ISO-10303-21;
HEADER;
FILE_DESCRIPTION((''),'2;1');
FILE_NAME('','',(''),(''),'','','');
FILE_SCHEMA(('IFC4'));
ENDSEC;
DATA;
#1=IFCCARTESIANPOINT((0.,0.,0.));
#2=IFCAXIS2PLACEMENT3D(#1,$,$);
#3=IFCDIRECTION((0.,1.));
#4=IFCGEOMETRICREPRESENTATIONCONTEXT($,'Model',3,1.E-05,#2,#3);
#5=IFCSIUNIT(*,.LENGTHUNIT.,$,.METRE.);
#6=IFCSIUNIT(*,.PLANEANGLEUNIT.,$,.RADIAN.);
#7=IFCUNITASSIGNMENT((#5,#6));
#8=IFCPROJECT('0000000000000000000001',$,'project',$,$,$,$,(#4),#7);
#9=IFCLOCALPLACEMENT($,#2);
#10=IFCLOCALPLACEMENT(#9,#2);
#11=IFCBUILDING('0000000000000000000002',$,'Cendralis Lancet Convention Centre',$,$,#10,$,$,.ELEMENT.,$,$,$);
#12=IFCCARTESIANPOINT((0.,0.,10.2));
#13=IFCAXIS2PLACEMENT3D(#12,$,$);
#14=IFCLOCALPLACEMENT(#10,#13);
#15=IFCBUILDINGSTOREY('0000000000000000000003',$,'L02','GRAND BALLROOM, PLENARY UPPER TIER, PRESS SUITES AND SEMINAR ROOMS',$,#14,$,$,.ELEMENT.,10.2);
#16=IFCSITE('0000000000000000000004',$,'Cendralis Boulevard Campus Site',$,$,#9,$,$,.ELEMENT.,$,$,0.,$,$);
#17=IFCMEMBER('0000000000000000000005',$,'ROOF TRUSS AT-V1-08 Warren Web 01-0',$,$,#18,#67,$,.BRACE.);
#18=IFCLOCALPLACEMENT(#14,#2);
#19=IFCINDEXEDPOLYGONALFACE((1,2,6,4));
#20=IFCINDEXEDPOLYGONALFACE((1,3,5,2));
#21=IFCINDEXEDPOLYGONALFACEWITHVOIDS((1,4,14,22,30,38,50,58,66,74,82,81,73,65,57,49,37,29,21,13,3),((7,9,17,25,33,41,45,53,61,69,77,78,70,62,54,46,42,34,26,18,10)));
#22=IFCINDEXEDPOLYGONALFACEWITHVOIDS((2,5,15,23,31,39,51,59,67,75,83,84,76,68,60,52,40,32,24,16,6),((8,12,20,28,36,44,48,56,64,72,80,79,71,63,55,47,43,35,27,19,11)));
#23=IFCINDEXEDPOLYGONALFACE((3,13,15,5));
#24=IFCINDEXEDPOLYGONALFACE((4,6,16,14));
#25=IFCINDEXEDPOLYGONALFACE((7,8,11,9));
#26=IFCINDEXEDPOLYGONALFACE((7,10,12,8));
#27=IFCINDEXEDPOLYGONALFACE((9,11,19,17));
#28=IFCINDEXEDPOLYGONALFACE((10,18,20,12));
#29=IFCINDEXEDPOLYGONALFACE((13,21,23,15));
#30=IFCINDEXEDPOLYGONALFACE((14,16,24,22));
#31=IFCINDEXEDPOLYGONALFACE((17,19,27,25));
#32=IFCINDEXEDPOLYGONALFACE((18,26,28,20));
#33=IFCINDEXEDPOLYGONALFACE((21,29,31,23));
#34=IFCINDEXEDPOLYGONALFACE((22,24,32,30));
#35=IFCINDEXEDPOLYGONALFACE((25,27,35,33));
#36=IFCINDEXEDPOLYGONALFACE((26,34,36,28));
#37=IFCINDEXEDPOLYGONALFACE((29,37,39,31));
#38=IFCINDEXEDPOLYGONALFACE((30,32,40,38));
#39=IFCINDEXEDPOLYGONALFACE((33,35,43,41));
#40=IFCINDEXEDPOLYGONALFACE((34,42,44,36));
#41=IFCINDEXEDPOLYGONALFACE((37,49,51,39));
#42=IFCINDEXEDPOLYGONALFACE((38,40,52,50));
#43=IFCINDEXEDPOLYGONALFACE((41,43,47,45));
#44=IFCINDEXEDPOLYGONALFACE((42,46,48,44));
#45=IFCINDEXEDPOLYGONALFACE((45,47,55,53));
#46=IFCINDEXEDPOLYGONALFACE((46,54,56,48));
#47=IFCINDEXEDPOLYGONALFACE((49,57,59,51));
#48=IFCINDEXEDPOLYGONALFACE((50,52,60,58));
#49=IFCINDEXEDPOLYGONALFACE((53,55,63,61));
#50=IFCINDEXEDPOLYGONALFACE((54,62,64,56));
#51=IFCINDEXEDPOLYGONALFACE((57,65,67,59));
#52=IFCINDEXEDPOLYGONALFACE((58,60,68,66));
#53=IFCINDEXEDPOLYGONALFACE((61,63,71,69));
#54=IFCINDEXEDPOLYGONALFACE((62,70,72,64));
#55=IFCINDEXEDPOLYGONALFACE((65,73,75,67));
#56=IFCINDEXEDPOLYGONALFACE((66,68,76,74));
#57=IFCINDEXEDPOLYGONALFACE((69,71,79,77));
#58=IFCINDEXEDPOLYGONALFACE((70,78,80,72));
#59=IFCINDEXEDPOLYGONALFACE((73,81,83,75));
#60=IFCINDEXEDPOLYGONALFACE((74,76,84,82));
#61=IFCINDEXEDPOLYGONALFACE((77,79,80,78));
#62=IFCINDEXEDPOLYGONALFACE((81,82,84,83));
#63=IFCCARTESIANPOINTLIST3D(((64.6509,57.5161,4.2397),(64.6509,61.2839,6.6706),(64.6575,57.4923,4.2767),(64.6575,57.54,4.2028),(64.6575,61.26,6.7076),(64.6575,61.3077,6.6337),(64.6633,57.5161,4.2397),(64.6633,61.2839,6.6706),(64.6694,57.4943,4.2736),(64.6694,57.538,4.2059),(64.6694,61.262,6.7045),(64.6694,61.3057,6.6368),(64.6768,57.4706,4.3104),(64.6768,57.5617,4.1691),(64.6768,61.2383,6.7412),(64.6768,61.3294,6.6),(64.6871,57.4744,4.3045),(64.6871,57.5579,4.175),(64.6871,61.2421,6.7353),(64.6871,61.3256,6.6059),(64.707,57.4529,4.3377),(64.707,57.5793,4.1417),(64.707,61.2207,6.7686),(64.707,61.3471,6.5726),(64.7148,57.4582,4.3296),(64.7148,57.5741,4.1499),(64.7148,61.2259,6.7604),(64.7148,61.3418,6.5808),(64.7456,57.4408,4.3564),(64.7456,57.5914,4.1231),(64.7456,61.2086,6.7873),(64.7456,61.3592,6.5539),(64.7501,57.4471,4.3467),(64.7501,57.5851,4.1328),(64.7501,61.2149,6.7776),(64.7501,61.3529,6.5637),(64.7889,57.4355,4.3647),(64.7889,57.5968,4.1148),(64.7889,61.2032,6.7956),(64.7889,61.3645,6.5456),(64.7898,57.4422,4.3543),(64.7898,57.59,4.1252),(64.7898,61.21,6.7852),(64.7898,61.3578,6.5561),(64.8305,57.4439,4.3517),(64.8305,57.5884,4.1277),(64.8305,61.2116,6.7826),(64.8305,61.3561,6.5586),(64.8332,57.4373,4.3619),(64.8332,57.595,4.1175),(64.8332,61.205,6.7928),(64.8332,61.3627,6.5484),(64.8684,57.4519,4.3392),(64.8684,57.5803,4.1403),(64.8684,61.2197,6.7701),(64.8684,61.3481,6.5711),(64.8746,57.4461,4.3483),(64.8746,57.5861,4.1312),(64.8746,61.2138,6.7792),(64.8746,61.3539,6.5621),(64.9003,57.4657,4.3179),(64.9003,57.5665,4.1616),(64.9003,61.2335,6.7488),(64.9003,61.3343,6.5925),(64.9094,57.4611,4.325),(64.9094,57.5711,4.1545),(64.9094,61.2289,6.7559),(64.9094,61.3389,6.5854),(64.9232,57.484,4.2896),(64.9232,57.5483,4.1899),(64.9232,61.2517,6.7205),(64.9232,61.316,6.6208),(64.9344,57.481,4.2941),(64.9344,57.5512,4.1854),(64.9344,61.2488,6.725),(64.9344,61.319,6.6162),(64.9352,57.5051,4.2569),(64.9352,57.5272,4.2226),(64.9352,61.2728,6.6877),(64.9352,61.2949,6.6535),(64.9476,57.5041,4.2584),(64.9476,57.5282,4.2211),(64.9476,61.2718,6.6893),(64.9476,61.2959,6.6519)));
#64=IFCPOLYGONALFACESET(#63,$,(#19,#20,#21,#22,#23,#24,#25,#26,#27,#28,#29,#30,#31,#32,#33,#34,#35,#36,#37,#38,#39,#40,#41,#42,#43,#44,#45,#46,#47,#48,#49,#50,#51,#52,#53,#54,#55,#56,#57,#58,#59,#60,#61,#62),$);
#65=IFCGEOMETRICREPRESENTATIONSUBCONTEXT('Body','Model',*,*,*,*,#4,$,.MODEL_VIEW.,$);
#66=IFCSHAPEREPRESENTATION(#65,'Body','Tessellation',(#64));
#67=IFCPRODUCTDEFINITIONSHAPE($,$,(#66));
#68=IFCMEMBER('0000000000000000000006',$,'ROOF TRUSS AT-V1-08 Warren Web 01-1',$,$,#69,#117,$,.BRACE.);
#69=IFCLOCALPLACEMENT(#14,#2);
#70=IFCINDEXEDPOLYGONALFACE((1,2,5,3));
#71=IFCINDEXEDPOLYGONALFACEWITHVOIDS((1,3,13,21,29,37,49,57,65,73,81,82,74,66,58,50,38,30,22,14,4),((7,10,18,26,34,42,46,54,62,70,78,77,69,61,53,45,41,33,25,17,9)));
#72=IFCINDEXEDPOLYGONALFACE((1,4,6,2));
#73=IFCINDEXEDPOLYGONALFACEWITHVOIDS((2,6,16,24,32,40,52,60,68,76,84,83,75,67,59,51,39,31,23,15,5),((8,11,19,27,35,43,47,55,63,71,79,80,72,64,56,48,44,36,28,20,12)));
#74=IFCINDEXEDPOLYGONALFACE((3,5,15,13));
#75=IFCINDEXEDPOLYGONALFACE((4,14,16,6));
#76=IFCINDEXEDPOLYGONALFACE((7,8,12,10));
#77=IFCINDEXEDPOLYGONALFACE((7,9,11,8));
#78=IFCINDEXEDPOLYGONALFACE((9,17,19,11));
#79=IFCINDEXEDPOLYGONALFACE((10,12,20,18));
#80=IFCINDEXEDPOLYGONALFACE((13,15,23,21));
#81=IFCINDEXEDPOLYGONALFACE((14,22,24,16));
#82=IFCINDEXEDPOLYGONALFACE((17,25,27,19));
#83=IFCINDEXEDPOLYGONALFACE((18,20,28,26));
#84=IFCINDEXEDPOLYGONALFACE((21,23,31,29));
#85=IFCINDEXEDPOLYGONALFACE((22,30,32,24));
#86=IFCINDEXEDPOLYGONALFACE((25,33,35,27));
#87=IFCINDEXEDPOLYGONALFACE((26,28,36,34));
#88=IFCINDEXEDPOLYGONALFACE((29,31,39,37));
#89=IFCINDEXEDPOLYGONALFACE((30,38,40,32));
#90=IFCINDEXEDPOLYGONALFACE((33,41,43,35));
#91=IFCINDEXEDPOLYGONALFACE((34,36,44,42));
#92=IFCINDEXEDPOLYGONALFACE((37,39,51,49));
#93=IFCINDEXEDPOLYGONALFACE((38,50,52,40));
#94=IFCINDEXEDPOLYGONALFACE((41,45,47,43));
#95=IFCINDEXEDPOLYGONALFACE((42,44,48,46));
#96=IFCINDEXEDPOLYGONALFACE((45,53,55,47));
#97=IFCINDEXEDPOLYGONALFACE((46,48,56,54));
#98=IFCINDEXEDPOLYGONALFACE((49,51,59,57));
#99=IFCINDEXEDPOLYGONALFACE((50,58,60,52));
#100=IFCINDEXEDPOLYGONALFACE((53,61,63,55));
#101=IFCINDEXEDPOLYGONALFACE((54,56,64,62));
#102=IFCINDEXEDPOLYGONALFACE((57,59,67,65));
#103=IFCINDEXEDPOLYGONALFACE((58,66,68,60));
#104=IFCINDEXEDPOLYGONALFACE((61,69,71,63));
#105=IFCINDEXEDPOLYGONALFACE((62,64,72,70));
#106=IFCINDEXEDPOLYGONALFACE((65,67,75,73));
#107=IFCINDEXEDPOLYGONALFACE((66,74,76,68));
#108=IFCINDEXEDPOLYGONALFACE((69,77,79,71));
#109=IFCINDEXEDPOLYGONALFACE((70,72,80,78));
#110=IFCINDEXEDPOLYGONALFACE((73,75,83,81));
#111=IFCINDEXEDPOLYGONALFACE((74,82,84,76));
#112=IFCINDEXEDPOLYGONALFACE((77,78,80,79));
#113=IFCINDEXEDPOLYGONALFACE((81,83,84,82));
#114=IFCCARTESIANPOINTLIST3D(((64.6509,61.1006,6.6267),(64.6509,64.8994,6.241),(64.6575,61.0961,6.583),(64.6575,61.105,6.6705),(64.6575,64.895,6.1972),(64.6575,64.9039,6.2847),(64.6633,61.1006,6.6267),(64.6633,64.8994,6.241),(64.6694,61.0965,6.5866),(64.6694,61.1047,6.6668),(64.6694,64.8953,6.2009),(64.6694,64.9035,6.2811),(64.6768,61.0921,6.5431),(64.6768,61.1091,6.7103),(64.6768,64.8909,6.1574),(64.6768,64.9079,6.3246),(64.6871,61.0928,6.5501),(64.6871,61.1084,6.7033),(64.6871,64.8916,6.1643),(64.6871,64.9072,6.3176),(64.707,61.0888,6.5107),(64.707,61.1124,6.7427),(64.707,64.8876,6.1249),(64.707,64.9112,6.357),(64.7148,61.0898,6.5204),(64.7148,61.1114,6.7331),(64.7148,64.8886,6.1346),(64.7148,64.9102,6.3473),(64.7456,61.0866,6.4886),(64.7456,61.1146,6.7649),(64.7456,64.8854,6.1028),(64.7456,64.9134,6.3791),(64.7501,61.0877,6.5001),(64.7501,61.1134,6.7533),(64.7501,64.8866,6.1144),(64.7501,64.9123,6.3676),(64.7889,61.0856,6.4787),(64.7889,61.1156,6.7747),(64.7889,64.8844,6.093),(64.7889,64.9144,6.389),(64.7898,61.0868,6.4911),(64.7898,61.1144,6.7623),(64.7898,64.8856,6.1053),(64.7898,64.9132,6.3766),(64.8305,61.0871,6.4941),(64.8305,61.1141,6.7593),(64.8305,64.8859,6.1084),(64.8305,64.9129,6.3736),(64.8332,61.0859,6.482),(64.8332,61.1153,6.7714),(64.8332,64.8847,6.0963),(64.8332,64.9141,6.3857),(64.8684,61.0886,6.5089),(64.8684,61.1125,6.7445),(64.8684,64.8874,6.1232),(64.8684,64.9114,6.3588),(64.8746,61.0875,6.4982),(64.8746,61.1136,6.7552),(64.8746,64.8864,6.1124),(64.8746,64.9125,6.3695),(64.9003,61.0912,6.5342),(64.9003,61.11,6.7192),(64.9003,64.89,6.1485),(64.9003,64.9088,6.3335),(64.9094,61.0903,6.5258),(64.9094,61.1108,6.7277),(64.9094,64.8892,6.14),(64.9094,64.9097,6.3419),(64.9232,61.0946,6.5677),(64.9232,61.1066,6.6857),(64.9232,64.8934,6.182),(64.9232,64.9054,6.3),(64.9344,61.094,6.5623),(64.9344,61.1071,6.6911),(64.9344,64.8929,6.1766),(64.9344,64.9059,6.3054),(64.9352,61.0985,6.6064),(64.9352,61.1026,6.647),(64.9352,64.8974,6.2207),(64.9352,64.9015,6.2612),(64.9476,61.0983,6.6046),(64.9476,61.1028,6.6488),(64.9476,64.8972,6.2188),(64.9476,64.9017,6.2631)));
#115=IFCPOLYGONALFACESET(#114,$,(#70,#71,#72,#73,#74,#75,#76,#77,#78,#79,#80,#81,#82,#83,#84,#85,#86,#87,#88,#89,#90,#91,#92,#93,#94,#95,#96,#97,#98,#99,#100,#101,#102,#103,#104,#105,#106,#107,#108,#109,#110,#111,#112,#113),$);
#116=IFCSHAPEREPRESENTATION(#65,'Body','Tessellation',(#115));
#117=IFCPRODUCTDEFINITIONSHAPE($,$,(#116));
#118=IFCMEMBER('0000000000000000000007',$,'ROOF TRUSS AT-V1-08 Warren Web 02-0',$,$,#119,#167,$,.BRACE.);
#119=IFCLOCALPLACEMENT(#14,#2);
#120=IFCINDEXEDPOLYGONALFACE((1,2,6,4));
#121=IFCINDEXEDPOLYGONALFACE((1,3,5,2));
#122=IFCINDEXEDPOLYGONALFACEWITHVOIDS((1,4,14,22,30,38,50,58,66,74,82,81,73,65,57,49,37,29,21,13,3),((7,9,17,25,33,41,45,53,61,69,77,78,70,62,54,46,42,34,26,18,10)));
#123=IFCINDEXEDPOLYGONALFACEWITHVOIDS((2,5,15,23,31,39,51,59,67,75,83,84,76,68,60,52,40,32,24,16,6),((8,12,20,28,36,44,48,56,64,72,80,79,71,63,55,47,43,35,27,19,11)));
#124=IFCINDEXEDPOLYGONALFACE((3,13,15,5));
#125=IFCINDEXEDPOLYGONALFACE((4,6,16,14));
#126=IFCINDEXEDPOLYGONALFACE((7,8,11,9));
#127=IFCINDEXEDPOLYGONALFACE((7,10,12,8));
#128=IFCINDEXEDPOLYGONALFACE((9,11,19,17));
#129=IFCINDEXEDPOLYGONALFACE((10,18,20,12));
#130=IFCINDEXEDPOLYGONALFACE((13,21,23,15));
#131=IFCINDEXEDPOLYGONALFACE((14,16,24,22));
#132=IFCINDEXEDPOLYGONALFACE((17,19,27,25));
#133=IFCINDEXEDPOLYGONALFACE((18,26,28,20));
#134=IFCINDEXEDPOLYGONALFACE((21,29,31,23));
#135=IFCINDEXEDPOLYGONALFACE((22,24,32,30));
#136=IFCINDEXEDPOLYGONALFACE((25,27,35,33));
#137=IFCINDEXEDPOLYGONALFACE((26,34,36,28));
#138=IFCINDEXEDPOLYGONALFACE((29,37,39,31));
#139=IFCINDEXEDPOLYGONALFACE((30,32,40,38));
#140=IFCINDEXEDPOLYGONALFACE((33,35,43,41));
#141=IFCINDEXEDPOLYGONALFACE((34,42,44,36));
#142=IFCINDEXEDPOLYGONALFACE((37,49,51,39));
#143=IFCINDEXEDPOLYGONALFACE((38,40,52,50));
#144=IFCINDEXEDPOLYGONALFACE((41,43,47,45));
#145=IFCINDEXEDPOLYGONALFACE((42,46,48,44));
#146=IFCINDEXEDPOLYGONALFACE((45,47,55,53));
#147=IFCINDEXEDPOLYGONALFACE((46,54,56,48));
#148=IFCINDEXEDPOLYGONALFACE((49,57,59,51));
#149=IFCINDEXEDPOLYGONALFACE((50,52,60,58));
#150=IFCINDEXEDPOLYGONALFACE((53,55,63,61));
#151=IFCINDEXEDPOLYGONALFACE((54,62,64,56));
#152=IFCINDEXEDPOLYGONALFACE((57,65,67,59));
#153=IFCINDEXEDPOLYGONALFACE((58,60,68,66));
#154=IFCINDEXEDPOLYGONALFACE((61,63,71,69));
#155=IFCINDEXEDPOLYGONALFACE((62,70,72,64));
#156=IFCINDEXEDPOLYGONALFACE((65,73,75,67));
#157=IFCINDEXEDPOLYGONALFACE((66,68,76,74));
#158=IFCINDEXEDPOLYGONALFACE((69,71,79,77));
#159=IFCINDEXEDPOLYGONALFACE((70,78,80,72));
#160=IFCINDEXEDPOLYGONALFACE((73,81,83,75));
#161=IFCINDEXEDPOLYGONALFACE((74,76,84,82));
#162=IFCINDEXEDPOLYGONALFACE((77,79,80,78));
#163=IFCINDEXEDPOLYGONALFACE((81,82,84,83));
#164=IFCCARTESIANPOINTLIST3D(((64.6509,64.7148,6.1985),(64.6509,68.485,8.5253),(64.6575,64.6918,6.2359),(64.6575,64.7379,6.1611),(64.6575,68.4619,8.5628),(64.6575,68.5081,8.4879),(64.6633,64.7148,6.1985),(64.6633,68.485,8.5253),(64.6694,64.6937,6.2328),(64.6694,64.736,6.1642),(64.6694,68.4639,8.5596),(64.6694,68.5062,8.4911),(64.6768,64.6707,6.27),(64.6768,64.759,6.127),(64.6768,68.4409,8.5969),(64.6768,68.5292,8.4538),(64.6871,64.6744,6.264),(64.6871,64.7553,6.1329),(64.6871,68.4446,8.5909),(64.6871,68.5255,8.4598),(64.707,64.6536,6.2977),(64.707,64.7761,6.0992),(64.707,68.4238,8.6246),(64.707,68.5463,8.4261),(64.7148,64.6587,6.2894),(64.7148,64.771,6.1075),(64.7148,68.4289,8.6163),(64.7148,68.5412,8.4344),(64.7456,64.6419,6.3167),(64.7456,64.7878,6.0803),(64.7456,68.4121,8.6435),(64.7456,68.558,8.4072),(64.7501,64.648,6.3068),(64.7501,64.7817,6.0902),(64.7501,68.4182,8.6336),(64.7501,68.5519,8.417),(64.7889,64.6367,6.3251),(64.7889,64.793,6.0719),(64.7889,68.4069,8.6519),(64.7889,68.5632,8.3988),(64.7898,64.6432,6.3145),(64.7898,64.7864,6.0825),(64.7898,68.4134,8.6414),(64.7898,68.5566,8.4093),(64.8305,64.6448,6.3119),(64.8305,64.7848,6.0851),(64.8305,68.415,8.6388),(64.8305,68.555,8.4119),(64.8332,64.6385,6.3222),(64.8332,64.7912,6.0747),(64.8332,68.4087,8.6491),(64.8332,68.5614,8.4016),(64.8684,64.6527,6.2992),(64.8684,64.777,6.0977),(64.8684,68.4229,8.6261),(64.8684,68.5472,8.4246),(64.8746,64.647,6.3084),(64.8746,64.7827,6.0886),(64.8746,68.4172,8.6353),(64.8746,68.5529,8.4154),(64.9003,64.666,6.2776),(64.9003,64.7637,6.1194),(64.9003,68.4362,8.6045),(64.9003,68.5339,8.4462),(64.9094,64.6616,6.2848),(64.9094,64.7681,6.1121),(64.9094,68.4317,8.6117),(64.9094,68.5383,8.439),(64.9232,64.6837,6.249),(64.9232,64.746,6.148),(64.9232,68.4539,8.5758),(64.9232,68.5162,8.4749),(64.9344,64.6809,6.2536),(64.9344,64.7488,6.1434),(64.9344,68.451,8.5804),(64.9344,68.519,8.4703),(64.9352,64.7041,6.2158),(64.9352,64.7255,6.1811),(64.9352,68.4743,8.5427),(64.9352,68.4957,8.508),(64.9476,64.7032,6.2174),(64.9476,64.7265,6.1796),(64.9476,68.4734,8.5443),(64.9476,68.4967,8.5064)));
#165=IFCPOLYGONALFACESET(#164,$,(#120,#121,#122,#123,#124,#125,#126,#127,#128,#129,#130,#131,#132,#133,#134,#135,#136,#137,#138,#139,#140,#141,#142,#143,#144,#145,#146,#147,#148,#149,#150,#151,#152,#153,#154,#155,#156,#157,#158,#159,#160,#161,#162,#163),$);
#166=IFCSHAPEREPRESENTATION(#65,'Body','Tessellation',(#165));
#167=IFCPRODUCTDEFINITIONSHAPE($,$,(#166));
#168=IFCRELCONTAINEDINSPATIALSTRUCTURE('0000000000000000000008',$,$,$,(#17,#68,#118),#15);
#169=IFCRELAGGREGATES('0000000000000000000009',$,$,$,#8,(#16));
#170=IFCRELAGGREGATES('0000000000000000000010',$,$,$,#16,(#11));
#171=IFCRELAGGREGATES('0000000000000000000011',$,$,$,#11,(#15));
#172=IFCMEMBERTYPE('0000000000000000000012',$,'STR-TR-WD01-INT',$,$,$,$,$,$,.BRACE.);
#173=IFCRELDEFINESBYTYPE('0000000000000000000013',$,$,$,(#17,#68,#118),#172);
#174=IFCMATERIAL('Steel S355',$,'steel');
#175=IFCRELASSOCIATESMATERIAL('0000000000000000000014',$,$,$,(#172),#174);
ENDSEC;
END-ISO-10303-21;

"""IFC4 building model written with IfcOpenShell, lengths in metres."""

from ifc_helpers import new_model, si_unit, direction, frame, origin, origin_2d, place, context, subcontext, project, spatial, hollow_circle, extrude, material, material_profile, profile_set, type_object, element, save


model = new_model("IFC4")

# Units and contexts
model_context = context("Model", 3, precision=1e-05, world=origin(), true_north=direction((0.0, 1.0)))
body_context = subcontext(model_context, "Body", "Model", "MODEL_VIEW")
ifc_project = project(units=[si_unit("LENGTHUNIT", "METRE"), si_unit("PLANEANGLEUNIT", "RADIAN")], contexts=[model_context])

# Site, building, storey
site_placement = place(None, origin())
site = spatial("IfcSite", under=ifc_project, at=site_placement, Name="Cendralis Boulevard Campus Site", CompositionType="ELEMENT", RefElevation=0.0)
building_placement = place(site_placement, origin())
building = spatial("IfcBuilding", under=site, at=building_placement, Name="Cendralis Lancet Convention Centre", CompositionType="ELEMENT")
storey_placement = place(building_placement, frame((0.0, 0.0, 10.2)))
storey = spatial("IfcBuildingStorey", under=building, at=storey_placement, Name="L02", Description="GRAND BALLROOM, PLENARY UPPER TIER, PRESS SUITES AND SEMINAR ROOMS", CompositionType="ELEMENT", Elevation=10.2)

# Members
ifc_material = material(Name="Steel S355", Category="steel")
ifc_material_profile_1 = material_profile(ifc_material, hollow_circle(Radius=0.1492, WallThickness=0.0125, at=origin_2d()), Name="CHS 298.5x12.5")
ifc_profile_set_1 = profile_set([ifc_material_profile_1], Name="Steel S355")
member_type_1 = type_object("IfcMemberType", Name="STR-TR-WD01-INT", PredefinedType="BRACE", material=ifc_profile_set_1)
member_1_placement = place(storey_placement, frame((64.8, 57.5161, 4.2397), z_axis=(0.0, 0.840291, 0.542136), x_axis=(-1.0, 0.0, 0.0)))
element("IfcMember", 1, at=member_1_placement, inside=storey, type_object=member_type_1, Name="ROOF TRUSS AT-V1-08 Warren Web 01-0", PredefinedType="BRACE", context=body_context, shape_type="SweptSolid", body=[
    extrude(hollow_circle(Radius=0.1492, WallThickness=0.0125, at=origin_2d()), origin(), (0.0, 0.0, 1.0), 4.4839),
])
member_2_placement = place(storey_placement, frame((64.8, 61.1006, 6.6267), z_axis=(0.0, 0.994884, -0.101023), x_axis=(-1.0, 0.0, 0.0)))
element("IfcMember", 2, at=member_2_placement, inside=storey, type_object=member_type_1, Name="ROOF TRUSS AT-V1-08 Warren Web 01-1", PredefinedType="BRACE", context=body_context, shape_type="SweptSolid", body=[
    extrude(hollow_circle(Radius=0.1492, WallThickness=0.0125, at=origin_2d()), origin(), (0.0, 0.0, 1.0), 3.8184),
])
member_3_placement = place(storey_placement, frame((64.8, 64.7148, 6.1985), z_axis=(0.0, 0.850978, 0.525201), x_axis=(-1.0, 0.0, 0.0)))
element("IfcMember", 3, at=member_3_placement, inside=storey, type_object=member_type_1, Name="ROOF TRUSS AT-V1-08 Warren Web 02-0", PredefinedType="BRACE", context=body_context, shape_type="SweptSolid", body=[
    extrude(hollow_circle(Radius=0.1492, WallThickness=0.0125, at=origin_2d()), origin(), (0.0, 0.0, 1.0), 4.4304),
])

save(model, "model.ifc")
